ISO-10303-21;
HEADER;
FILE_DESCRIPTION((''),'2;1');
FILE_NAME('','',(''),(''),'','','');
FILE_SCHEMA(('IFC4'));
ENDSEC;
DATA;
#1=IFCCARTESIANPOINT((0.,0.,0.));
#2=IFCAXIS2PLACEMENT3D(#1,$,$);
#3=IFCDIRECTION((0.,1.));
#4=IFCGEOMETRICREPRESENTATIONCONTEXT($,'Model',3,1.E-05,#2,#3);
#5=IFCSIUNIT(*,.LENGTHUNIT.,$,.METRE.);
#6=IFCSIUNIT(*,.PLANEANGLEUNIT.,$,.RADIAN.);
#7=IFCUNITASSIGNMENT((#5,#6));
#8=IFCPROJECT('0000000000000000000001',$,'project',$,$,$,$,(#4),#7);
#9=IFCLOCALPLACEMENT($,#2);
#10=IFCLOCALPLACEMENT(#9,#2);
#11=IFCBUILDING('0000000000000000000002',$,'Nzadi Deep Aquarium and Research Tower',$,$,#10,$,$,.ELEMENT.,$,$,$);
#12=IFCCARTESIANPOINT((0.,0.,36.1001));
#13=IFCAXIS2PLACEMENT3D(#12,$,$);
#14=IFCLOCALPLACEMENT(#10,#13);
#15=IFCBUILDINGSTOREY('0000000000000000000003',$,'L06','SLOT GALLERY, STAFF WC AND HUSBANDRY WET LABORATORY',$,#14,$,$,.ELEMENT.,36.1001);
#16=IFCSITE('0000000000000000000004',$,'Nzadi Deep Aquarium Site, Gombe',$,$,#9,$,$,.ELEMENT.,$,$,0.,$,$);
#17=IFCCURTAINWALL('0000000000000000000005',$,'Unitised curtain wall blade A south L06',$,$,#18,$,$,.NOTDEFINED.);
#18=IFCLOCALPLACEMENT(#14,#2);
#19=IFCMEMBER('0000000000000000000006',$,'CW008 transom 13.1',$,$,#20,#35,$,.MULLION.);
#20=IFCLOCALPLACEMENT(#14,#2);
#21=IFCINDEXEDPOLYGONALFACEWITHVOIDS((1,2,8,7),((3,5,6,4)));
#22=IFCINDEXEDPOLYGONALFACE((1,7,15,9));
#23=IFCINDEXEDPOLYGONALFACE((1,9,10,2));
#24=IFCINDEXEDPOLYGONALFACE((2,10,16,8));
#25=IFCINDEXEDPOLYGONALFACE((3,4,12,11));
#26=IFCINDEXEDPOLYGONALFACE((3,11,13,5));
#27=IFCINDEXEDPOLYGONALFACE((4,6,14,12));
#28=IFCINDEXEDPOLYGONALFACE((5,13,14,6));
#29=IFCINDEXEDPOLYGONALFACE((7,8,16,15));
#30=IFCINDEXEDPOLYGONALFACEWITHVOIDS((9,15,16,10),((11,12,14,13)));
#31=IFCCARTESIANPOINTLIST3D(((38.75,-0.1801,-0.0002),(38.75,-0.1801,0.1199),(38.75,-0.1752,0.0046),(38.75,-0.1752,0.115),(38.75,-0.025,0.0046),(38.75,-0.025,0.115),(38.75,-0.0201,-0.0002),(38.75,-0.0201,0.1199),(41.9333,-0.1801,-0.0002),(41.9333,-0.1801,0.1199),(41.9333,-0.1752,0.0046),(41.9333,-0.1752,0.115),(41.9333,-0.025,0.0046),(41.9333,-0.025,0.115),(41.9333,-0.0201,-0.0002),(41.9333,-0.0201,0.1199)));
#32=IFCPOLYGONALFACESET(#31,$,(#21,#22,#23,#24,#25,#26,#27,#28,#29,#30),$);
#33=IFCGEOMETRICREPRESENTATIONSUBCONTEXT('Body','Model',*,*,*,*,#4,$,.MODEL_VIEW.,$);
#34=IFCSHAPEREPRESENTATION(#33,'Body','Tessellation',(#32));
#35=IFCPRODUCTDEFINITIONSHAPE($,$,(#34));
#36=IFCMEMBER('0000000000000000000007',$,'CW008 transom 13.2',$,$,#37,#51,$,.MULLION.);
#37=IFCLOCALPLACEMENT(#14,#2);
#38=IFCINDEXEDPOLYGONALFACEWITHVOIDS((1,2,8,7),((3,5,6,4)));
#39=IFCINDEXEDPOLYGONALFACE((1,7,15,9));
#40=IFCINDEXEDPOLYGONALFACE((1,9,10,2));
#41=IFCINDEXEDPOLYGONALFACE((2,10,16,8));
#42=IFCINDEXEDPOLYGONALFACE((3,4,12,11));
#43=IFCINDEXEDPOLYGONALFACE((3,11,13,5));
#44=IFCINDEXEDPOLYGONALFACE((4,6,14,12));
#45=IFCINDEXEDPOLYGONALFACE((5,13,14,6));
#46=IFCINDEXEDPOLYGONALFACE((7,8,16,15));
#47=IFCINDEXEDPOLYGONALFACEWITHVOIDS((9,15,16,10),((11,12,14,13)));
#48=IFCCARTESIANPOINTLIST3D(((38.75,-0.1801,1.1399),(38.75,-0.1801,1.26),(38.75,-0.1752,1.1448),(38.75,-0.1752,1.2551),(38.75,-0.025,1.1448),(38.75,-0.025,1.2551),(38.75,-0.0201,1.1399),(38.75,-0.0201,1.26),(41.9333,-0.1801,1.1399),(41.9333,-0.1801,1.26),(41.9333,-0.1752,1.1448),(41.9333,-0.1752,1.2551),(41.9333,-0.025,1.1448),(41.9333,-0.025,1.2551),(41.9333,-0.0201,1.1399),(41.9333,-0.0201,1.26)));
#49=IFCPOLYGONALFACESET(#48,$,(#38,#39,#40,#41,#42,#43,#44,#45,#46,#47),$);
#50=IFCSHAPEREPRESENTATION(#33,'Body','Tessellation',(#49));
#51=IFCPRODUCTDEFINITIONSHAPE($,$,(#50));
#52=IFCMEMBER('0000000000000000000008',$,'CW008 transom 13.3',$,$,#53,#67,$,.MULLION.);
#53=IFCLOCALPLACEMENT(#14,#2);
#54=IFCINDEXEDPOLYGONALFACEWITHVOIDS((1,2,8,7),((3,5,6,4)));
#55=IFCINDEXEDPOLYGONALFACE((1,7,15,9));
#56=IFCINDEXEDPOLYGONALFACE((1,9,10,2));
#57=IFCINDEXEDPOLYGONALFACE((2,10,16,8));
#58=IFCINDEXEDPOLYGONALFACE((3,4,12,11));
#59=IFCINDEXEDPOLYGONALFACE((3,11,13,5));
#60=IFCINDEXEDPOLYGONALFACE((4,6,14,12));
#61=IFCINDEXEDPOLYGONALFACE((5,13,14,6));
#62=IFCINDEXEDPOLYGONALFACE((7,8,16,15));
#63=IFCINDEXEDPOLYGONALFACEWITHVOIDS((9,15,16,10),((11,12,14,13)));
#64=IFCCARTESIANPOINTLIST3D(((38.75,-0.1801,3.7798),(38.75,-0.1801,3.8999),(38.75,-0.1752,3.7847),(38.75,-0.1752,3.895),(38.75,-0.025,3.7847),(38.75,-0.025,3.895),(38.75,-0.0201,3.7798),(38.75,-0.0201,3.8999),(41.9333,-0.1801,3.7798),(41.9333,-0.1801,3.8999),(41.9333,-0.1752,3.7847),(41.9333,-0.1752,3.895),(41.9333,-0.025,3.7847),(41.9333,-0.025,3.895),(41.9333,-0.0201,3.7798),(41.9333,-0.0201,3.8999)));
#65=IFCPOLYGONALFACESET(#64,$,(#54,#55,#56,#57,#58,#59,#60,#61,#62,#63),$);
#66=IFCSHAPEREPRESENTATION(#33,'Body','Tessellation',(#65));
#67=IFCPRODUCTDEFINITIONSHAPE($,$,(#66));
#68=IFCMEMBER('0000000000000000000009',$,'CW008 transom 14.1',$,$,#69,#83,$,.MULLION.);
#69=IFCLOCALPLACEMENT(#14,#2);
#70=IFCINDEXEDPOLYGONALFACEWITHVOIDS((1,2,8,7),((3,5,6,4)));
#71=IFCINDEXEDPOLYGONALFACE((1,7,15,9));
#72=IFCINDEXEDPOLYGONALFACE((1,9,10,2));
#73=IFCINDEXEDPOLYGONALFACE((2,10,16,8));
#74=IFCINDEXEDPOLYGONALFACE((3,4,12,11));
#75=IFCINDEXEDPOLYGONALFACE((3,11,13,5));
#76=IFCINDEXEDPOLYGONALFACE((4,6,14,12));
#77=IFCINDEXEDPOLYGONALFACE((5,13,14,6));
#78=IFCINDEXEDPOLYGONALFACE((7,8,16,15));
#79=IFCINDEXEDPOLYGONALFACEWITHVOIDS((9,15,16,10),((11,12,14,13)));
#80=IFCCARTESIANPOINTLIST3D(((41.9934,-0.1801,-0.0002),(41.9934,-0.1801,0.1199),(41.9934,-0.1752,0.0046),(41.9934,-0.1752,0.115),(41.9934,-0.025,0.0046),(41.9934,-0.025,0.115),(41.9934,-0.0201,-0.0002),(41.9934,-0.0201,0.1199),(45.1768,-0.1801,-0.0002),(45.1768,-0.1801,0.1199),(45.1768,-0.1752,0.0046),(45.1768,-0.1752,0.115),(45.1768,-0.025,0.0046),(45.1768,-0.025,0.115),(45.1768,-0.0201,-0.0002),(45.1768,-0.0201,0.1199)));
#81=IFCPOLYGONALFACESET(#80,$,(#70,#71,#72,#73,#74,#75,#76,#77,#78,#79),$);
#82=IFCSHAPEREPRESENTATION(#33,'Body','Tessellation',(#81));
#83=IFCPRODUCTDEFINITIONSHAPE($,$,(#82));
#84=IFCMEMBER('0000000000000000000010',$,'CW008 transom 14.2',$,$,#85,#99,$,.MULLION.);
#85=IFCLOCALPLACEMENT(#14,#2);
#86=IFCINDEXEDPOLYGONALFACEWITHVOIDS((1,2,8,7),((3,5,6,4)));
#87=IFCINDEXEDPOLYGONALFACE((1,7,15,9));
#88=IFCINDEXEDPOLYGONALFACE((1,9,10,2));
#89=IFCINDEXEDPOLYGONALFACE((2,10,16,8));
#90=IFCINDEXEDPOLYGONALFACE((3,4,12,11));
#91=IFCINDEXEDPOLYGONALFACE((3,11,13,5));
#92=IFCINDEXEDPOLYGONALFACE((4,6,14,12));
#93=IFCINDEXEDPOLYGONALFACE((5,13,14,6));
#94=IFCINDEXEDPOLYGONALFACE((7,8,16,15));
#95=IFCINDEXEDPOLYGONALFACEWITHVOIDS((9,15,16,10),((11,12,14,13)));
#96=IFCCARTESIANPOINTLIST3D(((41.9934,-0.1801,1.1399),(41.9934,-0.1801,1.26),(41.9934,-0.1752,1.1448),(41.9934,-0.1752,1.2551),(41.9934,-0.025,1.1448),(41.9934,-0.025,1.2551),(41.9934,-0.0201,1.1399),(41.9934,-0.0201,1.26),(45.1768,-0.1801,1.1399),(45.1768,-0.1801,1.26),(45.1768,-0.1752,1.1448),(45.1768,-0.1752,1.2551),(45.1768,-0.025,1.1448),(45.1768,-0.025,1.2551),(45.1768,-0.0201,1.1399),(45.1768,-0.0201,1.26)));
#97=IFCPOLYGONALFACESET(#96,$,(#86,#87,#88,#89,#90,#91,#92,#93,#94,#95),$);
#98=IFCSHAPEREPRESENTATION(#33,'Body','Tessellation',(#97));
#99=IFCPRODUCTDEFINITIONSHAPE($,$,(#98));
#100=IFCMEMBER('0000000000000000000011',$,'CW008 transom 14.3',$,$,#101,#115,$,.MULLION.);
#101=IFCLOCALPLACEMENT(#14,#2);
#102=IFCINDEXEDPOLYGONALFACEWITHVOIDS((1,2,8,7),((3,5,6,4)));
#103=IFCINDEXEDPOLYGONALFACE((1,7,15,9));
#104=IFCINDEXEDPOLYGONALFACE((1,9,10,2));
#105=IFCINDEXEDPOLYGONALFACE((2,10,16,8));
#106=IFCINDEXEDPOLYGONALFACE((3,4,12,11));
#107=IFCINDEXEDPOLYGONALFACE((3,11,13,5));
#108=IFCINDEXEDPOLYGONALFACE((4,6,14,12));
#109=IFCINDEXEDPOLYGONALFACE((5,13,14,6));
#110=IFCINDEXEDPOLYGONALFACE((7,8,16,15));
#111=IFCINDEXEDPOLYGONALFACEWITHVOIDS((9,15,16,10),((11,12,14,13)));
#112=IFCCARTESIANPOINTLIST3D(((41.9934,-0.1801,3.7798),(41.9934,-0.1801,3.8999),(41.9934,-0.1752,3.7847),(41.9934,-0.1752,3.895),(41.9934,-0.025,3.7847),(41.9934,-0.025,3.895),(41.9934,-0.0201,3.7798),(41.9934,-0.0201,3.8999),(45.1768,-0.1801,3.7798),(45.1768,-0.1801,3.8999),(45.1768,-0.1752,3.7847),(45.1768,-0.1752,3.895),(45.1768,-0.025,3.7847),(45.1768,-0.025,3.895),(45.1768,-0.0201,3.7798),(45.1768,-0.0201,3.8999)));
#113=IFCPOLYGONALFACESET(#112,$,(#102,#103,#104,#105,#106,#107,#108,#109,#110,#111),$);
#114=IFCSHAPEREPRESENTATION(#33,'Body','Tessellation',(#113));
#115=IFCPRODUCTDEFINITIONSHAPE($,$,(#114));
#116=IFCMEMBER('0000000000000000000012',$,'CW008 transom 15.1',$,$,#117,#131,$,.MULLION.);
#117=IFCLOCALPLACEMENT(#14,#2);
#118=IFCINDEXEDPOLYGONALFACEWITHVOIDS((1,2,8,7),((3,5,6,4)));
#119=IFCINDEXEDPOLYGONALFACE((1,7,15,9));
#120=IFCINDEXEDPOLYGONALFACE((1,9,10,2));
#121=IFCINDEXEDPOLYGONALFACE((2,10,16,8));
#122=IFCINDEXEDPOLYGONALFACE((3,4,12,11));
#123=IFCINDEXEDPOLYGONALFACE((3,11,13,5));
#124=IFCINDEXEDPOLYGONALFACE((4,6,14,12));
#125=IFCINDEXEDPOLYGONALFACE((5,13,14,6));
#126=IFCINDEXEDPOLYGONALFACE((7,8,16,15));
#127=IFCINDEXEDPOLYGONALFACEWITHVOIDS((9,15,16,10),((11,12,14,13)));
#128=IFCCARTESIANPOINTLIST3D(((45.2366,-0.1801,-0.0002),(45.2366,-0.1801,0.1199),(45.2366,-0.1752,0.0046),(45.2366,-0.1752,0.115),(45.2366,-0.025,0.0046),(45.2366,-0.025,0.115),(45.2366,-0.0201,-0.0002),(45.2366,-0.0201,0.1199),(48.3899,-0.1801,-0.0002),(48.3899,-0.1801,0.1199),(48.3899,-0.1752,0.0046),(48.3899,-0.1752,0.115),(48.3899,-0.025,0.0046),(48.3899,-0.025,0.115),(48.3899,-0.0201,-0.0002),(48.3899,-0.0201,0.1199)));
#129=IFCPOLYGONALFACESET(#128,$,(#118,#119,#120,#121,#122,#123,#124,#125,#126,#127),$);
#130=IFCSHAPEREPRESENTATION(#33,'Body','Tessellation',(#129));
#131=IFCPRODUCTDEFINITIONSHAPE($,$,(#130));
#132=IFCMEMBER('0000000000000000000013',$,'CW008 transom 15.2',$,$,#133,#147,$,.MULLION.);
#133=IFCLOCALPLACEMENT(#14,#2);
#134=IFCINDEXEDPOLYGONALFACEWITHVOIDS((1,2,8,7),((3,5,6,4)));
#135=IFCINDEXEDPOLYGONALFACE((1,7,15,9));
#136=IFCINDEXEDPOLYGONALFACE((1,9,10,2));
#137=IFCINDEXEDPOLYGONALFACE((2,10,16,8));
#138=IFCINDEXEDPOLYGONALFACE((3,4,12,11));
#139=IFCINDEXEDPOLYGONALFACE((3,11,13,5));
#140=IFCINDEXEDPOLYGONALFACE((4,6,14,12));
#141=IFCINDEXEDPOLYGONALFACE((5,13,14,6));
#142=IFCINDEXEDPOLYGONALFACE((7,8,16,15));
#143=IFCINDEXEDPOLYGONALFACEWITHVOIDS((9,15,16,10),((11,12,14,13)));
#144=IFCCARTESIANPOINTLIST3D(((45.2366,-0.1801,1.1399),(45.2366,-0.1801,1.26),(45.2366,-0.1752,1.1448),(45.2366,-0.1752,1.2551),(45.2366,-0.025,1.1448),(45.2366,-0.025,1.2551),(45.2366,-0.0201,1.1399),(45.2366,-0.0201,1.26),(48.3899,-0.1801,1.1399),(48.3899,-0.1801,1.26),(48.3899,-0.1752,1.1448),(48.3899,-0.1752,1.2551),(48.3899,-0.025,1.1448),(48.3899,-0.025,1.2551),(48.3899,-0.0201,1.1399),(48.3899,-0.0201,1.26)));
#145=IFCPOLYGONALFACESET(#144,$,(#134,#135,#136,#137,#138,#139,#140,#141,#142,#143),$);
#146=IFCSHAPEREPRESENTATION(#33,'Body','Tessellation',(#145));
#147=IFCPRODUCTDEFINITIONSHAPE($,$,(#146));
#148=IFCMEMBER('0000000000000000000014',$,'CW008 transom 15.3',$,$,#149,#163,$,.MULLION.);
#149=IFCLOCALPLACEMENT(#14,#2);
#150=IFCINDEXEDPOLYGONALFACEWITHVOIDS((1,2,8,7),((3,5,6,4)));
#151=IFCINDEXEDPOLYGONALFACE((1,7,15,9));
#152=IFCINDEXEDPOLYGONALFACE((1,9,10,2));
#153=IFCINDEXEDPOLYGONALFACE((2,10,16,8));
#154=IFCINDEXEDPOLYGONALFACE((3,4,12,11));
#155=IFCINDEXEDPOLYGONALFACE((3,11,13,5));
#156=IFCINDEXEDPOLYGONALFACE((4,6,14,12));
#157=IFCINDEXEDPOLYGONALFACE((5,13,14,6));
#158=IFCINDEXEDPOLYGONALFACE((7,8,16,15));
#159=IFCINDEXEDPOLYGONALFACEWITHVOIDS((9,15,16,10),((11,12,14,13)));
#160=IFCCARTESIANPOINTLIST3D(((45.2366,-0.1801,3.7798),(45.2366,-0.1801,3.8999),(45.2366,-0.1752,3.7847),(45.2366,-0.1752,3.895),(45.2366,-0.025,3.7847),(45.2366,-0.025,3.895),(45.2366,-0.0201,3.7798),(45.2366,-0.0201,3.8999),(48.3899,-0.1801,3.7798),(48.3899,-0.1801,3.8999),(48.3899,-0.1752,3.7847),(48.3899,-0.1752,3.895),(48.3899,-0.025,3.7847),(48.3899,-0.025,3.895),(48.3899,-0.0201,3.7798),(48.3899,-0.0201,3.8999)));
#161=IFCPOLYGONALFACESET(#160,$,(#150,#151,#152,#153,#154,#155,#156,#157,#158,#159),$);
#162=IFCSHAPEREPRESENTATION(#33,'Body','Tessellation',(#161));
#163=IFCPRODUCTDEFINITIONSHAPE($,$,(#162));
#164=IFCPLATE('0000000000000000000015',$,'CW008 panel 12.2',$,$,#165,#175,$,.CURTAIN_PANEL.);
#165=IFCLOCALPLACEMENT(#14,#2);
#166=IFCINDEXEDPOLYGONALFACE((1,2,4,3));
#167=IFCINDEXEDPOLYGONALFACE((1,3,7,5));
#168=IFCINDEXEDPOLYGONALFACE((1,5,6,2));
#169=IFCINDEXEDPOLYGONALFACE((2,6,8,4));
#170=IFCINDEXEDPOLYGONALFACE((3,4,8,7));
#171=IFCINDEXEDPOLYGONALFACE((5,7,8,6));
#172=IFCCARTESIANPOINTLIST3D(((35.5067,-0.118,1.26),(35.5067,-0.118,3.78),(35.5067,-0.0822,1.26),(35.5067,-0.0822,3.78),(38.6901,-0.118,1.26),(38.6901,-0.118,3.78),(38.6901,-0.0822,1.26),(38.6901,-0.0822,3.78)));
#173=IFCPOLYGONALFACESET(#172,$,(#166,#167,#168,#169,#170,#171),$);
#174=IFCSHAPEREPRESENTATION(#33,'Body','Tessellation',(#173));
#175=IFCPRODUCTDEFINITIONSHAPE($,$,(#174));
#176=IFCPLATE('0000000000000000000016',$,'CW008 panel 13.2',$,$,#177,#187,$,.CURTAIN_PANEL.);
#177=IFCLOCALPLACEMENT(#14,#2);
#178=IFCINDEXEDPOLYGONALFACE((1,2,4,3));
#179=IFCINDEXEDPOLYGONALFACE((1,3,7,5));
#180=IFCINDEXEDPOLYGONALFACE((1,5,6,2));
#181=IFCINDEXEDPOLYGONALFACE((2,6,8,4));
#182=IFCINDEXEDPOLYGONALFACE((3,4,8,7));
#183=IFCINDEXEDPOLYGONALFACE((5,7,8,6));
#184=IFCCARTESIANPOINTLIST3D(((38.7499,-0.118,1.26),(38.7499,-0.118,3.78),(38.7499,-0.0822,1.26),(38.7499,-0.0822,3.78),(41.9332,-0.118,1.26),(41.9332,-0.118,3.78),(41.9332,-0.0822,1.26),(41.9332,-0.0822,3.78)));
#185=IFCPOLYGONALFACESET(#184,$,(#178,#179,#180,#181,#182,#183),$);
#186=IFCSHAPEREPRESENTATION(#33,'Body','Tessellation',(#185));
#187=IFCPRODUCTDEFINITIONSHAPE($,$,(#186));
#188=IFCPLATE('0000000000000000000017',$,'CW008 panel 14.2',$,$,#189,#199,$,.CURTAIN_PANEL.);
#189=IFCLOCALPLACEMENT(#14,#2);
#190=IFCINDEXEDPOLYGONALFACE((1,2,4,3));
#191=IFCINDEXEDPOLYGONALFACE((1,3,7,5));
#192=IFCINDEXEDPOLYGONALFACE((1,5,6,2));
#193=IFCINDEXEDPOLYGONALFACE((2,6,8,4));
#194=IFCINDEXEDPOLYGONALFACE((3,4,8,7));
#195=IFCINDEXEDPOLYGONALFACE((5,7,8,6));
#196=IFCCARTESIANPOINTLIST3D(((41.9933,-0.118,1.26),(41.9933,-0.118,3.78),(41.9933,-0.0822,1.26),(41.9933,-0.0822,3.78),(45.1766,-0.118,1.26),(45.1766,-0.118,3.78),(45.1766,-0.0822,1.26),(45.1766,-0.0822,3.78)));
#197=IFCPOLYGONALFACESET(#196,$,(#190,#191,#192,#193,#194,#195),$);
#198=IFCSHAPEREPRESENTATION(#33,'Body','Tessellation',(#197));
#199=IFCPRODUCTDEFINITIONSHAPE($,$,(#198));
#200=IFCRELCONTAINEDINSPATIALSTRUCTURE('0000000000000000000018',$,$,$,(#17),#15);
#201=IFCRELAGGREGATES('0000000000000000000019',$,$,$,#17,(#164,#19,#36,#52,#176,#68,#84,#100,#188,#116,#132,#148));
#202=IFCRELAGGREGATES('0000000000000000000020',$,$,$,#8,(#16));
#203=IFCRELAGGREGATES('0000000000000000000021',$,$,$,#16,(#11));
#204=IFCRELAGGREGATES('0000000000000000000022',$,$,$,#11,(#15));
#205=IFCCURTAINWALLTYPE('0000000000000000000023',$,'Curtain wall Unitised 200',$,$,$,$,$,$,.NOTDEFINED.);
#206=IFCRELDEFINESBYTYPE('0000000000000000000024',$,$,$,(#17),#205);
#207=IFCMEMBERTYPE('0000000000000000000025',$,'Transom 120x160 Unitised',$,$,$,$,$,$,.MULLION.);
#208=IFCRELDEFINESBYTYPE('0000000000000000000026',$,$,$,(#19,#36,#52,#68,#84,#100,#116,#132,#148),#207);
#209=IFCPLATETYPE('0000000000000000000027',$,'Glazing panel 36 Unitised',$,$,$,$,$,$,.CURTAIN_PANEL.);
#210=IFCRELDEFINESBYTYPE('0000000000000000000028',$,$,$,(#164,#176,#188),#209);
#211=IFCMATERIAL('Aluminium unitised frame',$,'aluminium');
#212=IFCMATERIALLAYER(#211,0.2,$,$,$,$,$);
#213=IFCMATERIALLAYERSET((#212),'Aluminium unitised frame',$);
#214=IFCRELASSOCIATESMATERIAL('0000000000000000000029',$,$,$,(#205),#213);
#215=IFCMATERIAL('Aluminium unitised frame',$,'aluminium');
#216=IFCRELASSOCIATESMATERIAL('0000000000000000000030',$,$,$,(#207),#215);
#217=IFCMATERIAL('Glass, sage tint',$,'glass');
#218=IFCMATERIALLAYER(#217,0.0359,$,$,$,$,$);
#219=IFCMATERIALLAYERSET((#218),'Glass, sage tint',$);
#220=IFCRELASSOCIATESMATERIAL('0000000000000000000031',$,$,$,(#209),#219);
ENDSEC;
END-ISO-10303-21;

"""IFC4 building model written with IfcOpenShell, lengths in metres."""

from ifc_helpers import new_model, si_unit, direction, frame, origin, origin_2d, place, context, subcontext, project, spatial, rectangle, hollow_rectangle, extrude, material, layer, layer_set, material_profile, profile_set, type_object, element, aggregate, save


model = new_model("IFC4")

# Units and contexts
model_context = context("Model", 3, precision=1e-05, world=origin(), true_north=direction((0.0, 1.0)))
body_context = subcontext(model_context, "Body", "Model", "MODEL_VIEW")
ifc_project = project(units=[si_unit("LENGTHUNIT", "METRE"), si_unit("PLANEANGLEUNIT", "RADIAN")], contexts=[model_context])

# Site, building, storey
site_placement = place(None, origin())
site = spatial("IfcSite", under=ifc_project, at=site_placement, Name="Nzadi Deep Aquarium Site, Gombe", CompositionType="ELEMENT", RefElevation=0.0)
building_placement = place(site_placement, origin())
building = spatial("IfcBuilding", under=site, at=building_placement, Name="Nzadi Deep Aquarium and Research Tower", CompositionType="ELEMENT")
storey_placement = place(building_placement, frame((0.0, 0.0, 36.1001)))
storey = spatial("IfcBuildingStorey", under=building, at=storey_placement, Name="L06", Description="SLOT GALLERY, STAFF WC AND HUSBANDRY WET LABORATORY", CompositionType="ELEMENT", Elevation=36.1001)

# Curtain wall
ifc_material_1 = material(Name="Aluminium unitised frame", Category="aluminium")
ifc_layer_1 = layer(ifc_material_1, 0.2)
ifc_layer_set_1 = layer_set([ifc_layer_1], Name="Aluminium unitised frame")
curtain_wall_type = type_object("IfcCurtainWallType", Name="Curtain wall Unitised 200", PredefinedType="NOTDEFINED", material=ifc_layer_set_1)
curtain_wall_placement = place(storey_placement, origin())
curtain_wall = element("IfcCurtainWall", 1, at=curtain_wall_placement, inside=storey, type_object=curtain_wall_type, Name="Unitised curtain wall blade A south L06", PredefinedType="NOTDEFINED")

# Members
ifc_material_2 = material(Name="Aluminium unitised frame", Category="aluminium")
ifc_material_profile_1 = material_profile(ifc_material_2, hollow_rectangle(XDim=0.1599, YDim=0.1201, WallThickness=0.0049, at=origin_2d()))
ifc_profile_set_1 = profile_set([ifc_material_profile_1], Name="Aluminium unitised frame")
member_type_1 = type_object("IfcMemberType", Name="Transom 120x160 Unitised", PredefinedType="MULLION", material=ifc_profile_set_1)
member_1_placement = place(storey_placement, frame((38.75, -0.1001, 0.0598), z_axis=(1.0, 0.0, 0.0), x_axis=(0.0, 1.0, 0.0)))
member_1 = element("IfcMember", 2, at=member_1_placement, type_object=member_type_1, Name="CW008 transom 13.1", PredefinedType="MULLION", context=body_context, shape_type="SweptSolid", body=[
    extrude(hollow_rectangle(XDim=0.1599, YDim=0.1201, WallThickness=0.0049, at=origin_2d()), origin(), (0.0, 0.0, 1.0), 3.1833),
])
member_2_placement = place(storey_placement, frame((38.75, -0.1001, 1.2), z_axis=(1.0, 0.0, 0.0), x_axis=(0.0, 1.0, 0.0)))
member_2 = element("IfcMember", 3, at=member_2_placement, type_object=member_type_1, Name="CW008 transom 13.2", PredefinedType="MULLION", context=body_context, shape_type="SweptSolid", body=[
    extrude(hollow_rectangle(XDim=0.1599, YDim=0.1201, WallThickness=0.0049, at=origin_2d()), origin(), (0.0, 0.0, 1.0), 3.1833),
])
member_3_placement = place(storey_placement, frame((38.75, -0.1001, 3.8398), z_axis=(1.0, 0.0, 0.0), x_axis=(0.0, 1.0, 0.0)))
member_3 = element("IfcMember", 4, at=member_3_placement, type_object=member_type_1, Name="CW008 transom 13.3", PredefinedType="MULLION", context=body_context, shape_type="SweptSolid", body=[
    extrude(hollow_rectangle(XDim=0.1599, YDim=0.1201, WallThickness=0.0049, at=origin_2d()), origin(), (0.0, 0.0, 1.0), 3.1833),
])
member_4_placement = place(storey_placement, frame((41.9934, -0.1001, 0.0598), z_axis=(1.0, 0.0, 0.0), x_axis=(0.0, 1.0, 0.0)))
member_4 = element("IfcMember", 5, at=member_4_placement, type_object=member_type_1, Name="CW008 transom 14.1", PredefinedType="MULLION", context=body_context, shape_type="SweptSolid", body=[
    extrude(hollow_rectangle(XDim=0.1599, YDim=0.1201, WallThickness=0.0049, at=origin_2d()), origin(), (0.0, 0.0, 1.0), 3.1833),
])
member_5_placement = place(storey_placement, frame((41.9934, -0.1001, 1.2), z_axis=(1.0, 0.0, 0.0), x_axis=(0.0, 1.0, 0.0)))
member_5 = element("IfcMember", 6, at=member_5_placement, type_object=member_type_1, Name="CW008 transom 14.2", PredefinedType="MULLION", context=body_context, shape_type="SweptSolid", body=[
    extrude(hollow_rectangle(XDim=0.1599, YDim=0.1201, WallThickness=0.0049, at=origin_2d()), origin(), (0.0, 0.0, 1.0), 3.1833),
])
member_6_placement = place(storey_placement, frame((41.9934, -0.1001, 3.8398), z_axis=(1.0, 0.0, 0.0), x_axis=(0.0, 1.0, 0.0)))
member_6 = element("IfcMember", 7, at=member_6_placement, type_object=member_type_1, Name="CW008 transom 14.3", PredefinedType="MULLION", context=body_context, shape_type="SweptSolid", body=[
    extrude(hollow_rectangle(XDim=0.1599, YDim=0.1201, WallThickness=0.0049, at=origin_2d()), origin(), (0.0, 0.0, 1.0), 3.1833),
])
member_7_placement = place(storey_placement, frame((45.2366, -0.1001, 0.0598), z_axis=(1.0, 0.0, 0.0), x_axis=(0.0, 1.0, 0.0)))
member_7 = element("IfcMember", 8, at=member_7_placement, type_object=member_type_1, Name="CW008 transom 15.1", PredefinedType="MULLION", context=body_context, shape_type="SweptSolid", body=[
    extrude(hollow_rectangle(XDim=0.1599, YDim=0.1201, WallThickness=0.0049, at=origin_2d()), origin(), (0.0, 0.0, 1.0), 3.1533),
])
member_8_placement = place(storey_placement, frame((45.2366, -0.1001, 1.2), z_axis=(1.0, 0.0, 0.0), x_axis=(0.0, 1.0, 0.0)))
member_8 = element("IfcMember", 9, at=member_8_placement, type_object=member_type_1, Name="CW008 transom 15.2", PredefinedType="MULLION", context=body_context, shape_type="SweptSolid", body=[
    extrude(hollow_rectangle(XDim=0.1599, YDim=0.1201, WallThickness=0.0049, at=origin_2d()), origin(), (0.0, 0.0, 1.0), 3.1533),
])
member_9_placement = place(storey_placement, frame((45.2366, -0.1001, 3.8398), z_axis=(1.0, 0.0, 0.0), x_axis=(0.0, 1.0, 0.0)))
member_9 = element("IfcMember", 10, at=member_9_placement, type_object=member_type_1, Name="CW008 transom 15.3", PredefinedType="MULLION", context=body_context, shape_type="SweptSolid", body=[
    extrude(hollow_rectangle(XDim=0.1599, YDim=0.1201, WallThickness=0.0049, at=origin_2d()), origin(), (0.0, 0.0, 1.0), 3.1533),
])

# Plates
ifc_material_3 = material(Name="Glass, sage tint", Category="glass")
ifc_layer_2 = layer(ifc_material_3, 0.0359)
ifc_layer_set_2 = layer_set([ifc_layer_2], Name="Glass, sage tint")
plate_type_1 = type_object("IfcPlateType", Name="Glazing panel 36 Unitised", PredefinedType="CURTAIN_PANEL", material=ifc_layer_set_2)
plate_1_placement = place(storey_placement, frame((37.0984, -0.1001, 1.26), z_axis=(0.0, 0.0, 1.0), x_axis=(1.0, 0.0, 0.0)))
plate_1 = element("IfcPlate", 11, at=plate_1_placement, type_object=plate_type_1, Name="CW008 panel 12.2", PredefinedType="CURTAIN_PANEL", context=body_context, shape_type="SweptSolid", body=[
    extrude(rectangle(XDim=3.1833, YDim=0.0359, at=origin_2d()), origin(), (0.0, 0.0, 1.0), 2.52),
])
plate_2_placement = place(storey_placement, frame((40.3416, -0.1001, 1.26), z_axis=(0.0, 0.0, 1.0), x_axis=(1.0, 0.0, 0.0)))
plate_2 = element("IfcPlate", 12, at=plate_2_placement, type_object=plate_type_1, Name="CW008 panel 13.2", PredefinedType="CURTAIN_PANEL", context=body_context, shape_type="SweptSolid", body=[
    extrude(rectangle(XDim=3.1833, YDim=0.0359, at=origin_2d()), origin(), (0.0, 0.0, 1.0), 2.52),
])
plate_3_placement = place(storey_placement, frame((43.585, -0.1001, 1.26), z_axis=(0.0, 0.0, 1.0), x_axis=(1.0, 0.0, 0.0)))
plate_3 = element("IfcPlate", 13, at=plate_3_placement, type_object=plate_type_1, Name="CW008 panel 14.2", PredefinedType="CURTAIN_PANEL", context=body_context, shape_type="SweptSolid", body=[
    extrude(rectangle(XDim=3.1833, YDim=0.0359, at=origin_2d()), origin(), (0.0, 0.0, 1.0), 2.52),
])
aggregate(curtain_wall, [plate_1, member_1, member_2, member_3, plate_2, member_4, member_5, member_6, plate_3, member_7, member_8, member_9])

save(model, "model.ifc")
